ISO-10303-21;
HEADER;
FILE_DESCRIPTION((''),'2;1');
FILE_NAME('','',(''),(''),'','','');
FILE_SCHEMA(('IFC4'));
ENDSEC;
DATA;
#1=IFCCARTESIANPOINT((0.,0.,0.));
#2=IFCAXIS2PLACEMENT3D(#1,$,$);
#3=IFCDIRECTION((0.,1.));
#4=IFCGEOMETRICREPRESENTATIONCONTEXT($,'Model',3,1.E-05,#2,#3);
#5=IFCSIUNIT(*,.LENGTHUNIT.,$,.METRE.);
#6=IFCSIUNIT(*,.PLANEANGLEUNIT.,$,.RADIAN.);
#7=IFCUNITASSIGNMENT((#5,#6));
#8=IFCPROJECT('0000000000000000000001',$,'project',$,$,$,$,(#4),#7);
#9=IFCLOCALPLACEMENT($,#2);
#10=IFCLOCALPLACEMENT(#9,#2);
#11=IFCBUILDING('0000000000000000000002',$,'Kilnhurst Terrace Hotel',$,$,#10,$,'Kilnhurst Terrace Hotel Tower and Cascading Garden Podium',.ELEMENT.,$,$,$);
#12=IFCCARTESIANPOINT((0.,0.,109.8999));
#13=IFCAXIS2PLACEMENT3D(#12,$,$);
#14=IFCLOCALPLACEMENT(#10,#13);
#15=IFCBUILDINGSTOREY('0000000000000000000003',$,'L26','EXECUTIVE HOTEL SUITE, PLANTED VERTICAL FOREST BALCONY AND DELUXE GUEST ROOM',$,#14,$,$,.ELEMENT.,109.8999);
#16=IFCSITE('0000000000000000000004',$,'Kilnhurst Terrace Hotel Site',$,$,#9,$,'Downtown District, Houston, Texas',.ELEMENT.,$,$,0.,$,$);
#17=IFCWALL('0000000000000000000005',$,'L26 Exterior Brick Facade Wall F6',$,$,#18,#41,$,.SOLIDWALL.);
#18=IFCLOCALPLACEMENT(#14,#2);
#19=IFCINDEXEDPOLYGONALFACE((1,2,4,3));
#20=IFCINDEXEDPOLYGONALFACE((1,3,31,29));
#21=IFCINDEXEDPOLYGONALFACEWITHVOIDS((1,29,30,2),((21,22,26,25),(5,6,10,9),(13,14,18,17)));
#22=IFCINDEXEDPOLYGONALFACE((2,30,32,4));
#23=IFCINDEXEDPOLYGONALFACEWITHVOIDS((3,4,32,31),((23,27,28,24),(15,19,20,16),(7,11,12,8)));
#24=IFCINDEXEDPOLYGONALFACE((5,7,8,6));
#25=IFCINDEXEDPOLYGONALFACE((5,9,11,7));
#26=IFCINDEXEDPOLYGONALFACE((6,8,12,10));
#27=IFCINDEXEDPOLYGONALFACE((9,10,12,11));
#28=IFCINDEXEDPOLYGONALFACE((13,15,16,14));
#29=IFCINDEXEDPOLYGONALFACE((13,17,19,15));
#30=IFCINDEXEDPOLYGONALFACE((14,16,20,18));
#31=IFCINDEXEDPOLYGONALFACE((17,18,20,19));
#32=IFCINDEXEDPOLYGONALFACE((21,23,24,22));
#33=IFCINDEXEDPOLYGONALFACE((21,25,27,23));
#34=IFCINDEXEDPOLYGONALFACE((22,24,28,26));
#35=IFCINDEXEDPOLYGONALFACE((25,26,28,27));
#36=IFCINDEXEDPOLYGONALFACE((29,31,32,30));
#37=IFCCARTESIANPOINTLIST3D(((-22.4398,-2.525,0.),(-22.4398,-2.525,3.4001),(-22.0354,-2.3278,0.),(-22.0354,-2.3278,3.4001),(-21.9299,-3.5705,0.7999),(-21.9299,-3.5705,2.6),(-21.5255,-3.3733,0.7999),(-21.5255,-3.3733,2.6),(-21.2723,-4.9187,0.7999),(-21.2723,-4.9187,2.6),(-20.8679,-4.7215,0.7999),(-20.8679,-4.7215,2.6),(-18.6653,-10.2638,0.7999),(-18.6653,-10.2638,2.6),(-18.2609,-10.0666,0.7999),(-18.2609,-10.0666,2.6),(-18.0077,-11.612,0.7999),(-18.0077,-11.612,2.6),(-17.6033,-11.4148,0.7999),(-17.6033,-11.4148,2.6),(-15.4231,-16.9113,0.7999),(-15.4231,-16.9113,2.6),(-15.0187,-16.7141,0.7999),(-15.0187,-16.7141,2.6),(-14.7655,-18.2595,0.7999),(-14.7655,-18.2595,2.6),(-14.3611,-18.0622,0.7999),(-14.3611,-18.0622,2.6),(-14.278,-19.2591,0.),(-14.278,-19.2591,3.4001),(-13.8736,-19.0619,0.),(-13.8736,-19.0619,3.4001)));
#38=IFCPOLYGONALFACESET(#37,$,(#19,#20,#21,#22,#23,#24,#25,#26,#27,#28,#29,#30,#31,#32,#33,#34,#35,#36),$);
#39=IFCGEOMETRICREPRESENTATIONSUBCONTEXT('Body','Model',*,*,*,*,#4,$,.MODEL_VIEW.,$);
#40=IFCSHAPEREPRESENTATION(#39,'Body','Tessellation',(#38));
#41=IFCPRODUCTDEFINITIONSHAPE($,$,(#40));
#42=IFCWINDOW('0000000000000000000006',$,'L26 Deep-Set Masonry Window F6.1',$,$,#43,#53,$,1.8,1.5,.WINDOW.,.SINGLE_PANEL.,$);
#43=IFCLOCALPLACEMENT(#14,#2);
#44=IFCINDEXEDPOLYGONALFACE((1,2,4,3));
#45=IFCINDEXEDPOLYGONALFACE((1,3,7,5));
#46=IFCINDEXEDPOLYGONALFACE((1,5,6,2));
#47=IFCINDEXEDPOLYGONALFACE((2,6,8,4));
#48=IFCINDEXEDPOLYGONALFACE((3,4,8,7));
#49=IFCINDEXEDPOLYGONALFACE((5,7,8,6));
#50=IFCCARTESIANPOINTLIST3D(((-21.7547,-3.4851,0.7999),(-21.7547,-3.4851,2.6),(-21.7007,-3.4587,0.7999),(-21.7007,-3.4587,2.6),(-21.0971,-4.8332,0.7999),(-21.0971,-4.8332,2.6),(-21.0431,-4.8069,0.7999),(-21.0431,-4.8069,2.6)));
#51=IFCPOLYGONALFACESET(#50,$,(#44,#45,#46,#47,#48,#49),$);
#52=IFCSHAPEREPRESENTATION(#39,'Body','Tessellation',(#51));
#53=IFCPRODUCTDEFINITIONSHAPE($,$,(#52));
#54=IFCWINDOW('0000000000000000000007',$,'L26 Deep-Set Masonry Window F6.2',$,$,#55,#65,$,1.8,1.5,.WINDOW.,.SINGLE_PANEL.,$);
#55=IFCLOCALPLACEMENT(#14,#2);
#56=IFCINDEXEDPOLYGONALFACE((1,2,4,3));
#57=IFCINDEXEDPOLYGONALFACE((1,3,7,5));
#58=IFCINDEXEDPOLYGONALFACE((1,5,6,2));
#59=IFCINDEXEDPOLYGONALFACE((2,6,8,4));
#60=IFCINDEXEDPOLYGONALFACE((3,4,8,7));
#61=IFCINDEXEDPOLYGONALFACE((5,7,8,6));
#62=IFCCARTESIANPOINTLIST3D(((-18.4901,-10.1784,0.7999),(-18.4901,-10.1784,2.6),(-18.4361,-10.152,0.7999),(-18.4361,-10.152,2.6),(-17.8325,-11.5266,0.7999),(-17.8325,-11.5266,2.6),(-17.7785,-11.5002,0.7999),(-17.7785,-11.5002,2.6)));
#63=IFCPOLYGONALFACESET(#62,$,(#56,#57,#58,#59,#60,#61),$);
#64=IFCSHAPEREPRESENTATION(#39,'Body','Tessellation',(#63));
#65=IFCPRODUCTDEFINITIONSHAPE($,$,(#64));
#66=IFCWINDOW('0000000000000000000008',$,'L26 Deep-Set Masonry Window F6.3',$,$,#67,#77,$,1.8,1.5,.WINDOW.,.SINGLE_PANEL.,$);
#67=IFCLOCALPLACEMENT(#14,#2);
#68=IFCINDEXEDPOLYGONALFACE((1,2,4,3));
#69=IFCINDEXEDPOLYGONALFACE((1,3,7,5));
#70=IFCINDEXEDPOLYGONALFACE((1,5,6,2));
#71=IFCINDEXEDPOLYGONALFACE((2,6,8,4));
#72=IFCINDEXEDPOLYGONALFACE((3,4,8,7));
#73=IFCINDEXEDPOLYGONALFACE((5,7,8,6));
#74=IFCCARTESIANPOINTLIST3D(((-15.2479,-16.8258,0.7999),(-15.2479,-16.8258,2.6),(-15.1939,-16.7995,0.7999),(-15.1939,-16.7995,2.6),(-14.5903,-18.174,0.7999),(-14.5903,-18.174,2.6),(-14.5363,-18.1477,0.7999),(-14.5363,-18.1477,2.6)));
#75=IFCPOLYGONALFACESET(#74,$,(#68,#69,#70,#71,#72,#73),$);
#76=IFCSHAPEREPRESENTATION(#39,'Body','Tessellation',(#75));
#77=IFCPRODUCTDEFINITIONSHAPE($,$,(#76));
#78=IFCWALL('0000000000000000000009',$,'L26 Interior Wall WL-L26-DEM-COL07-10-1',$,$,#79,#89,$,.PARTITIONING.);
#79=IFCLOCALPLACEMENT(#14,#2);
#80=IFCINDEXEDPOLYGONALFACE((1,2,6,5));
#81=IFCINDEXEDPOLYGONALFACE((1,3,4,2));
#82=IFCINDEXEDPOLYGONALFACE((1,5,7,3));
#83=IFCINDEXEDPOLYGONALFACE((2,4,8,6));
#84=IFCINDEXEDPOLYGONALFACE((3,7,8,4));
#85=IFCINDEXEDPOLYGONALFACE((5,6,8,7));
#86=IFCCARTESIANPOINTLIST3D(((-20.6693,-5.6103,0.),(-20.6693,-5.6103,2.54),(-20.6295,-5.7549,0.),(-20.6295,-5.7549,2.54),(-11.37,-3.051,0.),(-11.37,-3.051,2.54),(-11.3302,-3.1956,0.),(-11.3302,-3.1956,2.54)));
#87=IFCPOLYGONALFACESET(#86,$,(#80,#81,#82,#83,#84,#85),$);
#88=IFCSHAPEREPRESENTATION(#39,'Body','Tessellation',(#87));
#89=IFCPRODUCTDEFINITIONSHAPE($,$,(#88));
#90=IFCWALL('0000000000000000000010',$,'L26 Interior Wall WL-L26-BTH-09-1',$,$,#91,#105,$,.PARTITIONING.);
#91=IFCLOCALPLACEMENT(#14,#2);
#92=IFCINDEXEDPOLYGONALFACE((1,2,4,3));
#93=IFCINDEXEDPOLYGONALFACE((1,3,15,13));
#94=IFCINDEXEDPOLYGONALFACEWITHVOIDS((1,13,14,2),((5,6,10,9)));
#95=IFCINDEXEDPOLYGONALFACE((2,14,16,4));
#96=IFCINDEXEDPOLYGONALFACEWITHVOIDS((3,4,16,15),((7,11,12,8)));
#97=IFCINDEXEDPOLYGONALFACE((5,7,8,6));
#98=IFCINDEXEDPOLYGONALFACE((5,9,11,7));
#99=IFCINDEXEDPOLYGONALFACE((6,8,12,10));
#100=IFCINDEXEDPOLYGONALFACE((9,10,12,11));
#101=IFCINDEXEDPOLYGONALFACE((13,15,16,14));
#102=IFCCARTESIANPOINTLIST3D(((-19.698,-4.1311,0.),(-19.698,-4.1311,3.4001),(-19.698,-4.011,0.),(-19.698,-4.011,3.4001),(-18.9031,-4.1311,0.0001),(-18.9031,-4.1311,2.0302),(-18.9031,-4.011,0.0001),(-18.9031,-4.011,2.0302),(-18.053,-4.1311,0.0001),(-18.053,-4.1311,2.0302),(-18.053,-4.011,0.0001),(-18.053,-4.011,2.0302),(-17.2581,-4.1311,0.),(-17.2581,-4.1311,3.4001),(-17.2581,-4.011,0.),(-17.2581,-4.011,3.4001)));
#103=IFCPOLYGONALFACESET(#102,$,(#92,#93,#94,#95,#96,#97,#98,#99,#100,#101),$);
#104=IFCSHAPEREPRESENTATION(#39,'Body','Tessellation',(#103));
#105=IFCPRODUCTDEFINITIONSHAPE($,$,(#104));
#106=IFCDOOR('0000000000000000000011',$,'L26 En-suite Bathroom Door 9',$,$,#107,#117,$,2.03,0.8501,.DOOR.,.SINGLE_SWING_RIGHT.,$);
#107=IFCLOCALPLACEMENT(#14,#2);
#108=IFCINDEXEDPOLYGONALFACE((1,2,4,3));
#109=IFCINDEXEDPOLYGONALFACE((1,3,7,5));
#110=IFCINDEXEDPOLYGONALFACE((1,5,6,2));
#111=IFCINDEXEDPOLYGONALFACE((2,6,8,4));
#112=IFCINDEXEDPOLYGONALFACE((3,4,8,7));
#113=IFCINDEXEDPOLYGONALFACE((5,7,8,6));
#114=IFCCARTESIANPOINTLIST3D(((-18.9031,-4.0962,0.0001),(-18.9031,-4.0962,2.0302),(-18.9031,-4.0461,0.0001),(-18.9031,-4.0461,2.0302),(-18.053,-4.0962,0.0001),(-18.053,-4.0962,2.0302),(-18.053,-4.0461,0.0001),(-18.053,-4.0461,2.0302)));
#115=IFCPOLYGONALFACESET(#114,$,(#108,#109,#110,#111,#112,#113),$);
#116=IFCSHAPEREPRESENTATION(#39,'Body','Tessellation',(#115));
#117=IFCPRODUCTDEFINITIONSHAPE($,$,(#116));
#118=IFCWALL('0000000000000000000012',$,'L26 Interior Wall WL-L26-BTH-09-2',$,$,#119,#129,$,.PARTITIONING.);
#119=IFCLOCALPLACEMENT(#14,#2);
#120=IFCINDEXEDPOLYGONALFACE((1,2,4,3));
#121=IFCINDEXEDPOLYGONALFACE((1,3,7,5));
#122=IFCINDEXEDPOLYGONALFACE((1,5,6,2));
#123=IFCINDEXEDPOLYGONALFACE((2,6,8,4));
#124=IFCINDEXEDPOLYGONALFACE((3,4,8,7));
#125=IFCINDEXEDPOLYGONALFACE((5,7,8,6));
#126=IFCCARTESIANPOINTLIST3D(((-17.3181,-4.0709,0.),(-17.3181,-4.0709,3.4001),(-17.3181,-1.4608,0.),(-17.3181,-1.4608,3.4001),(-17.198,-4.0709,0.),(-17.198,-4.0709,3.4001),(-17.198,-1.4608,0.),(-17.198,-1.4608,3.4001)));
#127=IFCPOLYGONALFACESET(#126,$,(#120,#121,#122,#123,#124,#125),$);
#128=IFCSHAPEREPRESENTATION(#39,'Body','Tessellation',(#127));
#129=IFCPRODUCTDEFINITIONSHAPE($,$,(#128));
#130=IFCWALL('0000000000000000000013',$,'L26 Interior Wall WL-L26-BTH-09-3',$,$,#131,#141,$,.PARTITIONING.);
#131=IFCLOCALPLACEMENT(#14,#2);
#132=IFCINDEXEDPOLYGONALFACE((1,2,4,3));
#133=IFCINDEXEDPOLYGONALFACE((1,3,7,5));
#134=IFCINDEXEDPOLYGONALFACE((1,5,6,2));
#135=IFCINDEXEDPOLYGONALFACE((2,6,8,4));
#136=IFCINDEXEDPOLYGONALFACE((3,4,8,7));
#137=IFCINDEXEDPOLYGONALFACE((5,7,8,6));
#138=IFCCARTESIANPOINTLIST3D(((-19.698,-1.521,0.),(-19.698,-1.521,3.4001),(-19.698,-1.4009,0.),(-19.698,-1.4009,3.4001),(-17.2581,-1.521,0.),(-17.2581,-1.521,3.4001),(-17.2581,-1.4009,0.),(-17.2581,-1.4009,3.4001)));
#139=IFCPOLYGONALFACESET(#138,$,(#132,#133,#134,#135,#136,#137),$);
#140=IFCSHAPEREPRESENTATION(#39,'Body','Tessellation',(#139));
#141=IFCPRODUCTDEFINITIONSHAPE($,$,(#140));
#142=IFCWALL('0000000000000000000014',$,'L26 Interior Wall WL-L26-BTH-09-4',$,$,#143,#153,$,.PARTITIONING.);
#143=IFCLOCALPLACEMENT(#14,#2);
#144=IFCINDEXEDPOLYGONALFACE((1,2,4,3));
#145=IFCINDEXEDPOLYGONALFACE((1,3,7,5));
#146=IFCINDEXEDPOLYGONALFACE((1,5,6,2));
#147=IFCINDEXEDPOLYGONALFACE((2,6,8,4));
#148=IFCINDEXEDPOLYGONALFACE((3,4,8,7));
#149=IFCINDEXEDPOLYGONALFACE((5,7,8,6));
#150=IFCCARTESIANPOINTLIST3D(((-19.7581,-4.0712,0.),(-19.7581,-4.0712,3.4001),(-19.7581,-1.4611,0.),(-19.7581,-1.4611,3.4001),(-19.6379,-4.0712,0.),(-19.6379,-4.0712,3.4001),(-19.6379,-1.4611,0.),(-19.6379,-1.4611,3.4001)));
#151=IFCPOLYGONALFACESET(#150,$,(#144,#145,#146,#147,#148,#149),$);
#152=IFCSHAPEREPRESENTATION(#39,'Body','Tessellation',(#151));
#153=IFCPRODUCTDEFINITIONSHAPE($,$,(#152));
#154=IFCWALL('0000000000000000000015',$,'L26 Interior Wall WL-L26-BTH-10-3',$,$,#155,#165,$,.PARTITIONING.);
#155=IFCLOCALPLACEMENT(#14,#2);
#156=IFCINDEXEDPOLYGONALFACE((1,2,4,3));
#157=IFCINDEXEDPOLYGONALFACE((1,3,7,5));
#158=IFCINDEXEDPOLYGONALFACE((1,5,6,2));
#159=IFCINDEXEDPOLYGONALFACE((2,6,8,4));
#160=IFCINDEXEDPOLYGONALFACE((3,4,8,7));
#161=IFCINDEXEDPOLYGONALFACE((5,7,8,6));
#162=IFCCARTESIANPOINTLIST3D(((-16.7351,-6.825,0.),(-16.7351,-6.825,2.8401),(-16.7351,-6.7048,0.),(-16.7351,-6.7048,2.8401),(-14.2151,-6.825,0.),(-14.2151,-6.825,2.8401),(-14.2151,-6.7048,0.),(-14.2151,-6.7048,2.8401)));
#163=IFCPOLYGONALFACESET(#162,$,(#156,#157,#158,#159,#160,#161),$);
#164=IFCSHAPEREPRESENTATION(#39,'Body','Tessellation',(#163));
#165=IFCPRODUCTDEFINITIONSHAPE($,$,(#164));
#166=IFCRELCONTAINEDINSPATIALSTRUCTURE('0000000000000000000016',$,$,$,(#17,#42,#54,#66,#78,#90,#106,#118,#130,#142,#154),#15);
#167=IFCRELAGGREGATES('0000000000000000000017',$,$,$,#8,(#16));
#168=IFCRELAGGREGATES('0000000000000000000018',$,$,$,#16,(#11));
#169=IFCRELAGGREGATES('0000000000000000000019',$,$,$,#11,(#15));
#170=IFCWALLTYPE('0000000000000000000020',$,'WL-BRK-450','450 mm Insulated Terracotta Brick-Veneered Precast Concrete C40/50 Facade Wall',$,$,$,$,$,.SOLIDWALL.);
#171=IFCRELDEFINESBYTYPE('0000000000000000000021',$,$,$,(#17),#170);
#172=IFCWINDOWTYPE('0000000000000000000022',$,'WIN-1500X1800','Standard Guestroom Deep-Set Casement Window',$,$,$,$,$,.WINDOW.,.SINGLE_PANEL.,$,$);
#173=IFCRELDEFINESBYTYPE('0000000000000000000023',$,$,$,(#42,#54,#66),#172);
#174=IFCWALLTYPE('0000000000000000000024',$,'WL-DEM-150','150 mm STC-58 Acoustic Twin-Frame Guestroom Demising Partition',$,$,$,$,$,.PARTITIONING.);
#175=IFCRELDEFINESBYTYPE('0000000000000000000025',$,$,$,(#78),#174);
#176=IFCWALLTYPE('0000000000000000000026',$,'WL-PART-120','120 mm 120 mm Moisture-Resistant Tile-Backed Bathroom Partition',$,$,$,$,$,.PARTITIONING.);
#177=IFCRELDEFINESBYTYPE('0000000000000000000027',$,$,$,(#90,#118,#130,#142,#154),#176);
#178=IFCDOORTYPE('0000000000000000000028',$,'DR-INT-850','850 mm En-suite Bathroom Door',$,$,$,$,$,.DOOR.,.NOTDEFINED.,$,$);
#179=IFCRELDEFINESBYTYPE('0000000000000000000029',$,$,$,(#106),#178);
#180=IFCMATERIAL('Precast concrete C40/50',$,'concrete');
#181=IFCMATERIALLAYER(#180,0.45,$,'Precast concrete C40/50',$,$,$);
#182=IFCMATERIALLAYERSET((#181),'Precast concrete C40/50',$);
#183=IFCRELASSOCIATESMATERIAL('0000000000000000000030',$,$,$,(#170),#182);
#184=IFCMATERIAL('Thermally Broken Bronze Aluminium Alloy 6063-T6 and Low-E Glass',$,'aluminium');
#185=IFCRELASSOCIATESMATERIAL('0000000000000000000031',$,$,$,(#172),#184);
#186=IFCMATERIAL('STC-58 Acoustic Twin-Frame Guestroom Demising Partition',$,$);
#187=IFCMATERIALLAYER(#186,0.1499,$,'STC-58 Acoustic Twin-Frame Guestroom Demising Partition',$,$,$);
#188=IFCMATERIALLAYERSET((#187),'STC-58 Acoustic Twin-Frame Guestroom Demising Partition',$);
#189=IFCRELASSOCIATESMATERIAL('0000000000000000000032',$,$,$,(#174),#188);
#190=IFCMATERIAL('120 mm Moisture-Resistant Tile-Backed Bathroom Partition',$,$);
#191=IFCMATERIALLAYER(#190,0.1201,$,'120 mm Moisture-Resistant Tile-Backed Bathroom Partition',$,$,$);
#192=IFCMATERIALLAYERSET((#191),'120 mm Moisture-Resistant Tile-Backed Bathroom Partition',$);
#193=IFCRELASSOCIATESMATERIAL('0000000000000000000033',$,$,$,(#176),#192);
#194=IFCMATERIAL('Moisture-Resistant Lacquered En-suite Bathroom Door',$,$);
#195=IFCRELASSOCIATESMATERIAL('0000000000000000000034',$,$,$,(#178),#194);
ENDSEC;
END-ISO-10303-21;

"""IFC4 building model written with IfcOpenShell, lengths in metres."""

from ifc_helpers import new_model, si_unit, direction, frame, frame_2d, origin, place, context, subcontext, project, spatial, rectangle, extrude, material, layer, layer_set, type_object, element, fill, save


model = new_model("IFC4")

# Units and contexts
model_context = context("Model", 3, precision=1e-05, world=origin(), true_north=direction((0.0, 1.0)))
body_context = subcontext(model_context, "Body", "Model", "MODEL_VIEW")
ifc_project = project(units=[si_unit("LENGTHUNIT", "METRE"), si_unit("PLANEANGLEUNIT", "RADIAN")], contexts=[model_context])

# Site, building, storey
site_placement = place(None, origin())
site = spatial("IfcSite", under=ifc_project, at=site_placement, Name="Kilnhurst Terrace Hotel Site", LongName="Downtown District, Houston, Texas", CompositionType="ELEMENT", RefElevation=0.0)
building_placement = place(site_placement, origin())
building = spatial("IfcBuilding", under=site, at=building_placement, Name="Kilnhurst Terrace Hotel", LongName="Kilnhurst Terrace Hotel Tower and Cascading Garden Podium", CompositionType="ELEMENT")
storey_placement = place(building_placement, frame((0.0, 0.0, 109.8999)))
storey = spatial("IfcBuildingStorey", under=building, at=storey_placement, Name="L26", Description="EXECUTIVE HOTEL SUITE, PLANTED VERTICAL FOREST BALCONY AND DELUXE GUEST ROOM", CompositionType="ELEMENT", Elevation=109.8999)

# Shared definitions
ifc_material_1 = material(Name="Precast concrete C40/50", Category="concrete")
ifc_layer_1 = layer(ifc_material_1, 0.45, Name="Precast concrete C40/50")
ifc_layer_set_1 = layer_set([ifc_layer_1], Name="Precast concrete C40/50")
wall_type_1 = type_object("IfcWallType", Name="WL-BRK-450", Description="450 mm Insulated Terracotta Brick-Veneered Precast Concrete C40/50 Facade Wall", PredefinedType="SOLIDWALL", material=ifc_layer_set_1)

# Wall, openings, windows
wall_1_placement = place(storey_placement, frame((-22.2375, -2.4265, 0.0), z_axis=(0.0, 0.0, 1.0), x_axis=(0.438375, -0.898792, 0.0)))
wall_1 = element("IfcWall", 1, at=wall_1_placement, inside=storey, type_object=wall_type_1, Name="L26 Exterior Brick Facade Wall F6", PredefinedType="SOLIDWALL", context=body_context, shape_type="SweptSolid", body=[
    extrude(rectangle(XDim=18.6184, YDim=0.45, at=frame_2d((9.3091, 0.0))), origin(), (0.0, 0.0, 1.0), 3.4001),
])
opening_1_placement = place(wall_1_placement, frame((1.1631, 0.0, 0.8)))
opening_1 = element("IfcOpeningElement", 2, at=opening_1_placement, cuts=wall_1, PredefinedType="OPENING", context=body_context, shape_type="SweptSolid", body=[
    extrude(rectangle(XDim=1.5, YDim=1.8, at=frame_2d((0.75, 0.8999))), frame((0.0, 0.2349, 0.0), z_axis=(0.0, -1.0, 0.0), x_axis=(1.0, 0.0, 0.0)), (0.0, 0.0, 1.0), 0.47),
])
opening_2_placement = place(wall_1_placement, frame((8.6101, 0.0, 0.8)))
opening_2 = element("IfcOpeningElement", 3, at=opening_2_placement, cuts=wall_1, PredefinedType="OPENING", context=body_context, shape_type="SweptSolid", body=[
    extrude(rectangle(XDim=1.5, YDim=1.8, at=frame_2d((0.75, 0.8999))), frame((0.0, 0.2349, 0.0), z_axis=(0.0, -1.0, 0.0), x_axis=(1.0, 0.0, 0.0)), (0.0, 0.0, 1.0), 0.47),
])
opening_3_placement = place(wall_1_placement, frame((16.0061, 0.0, 0.8)))
opening_3 = element("IfcOpeningElement", 4, at=opening_3_placement, cuts=wall_1, PredefinedType="OPENING", context=body_context, shape_type="SweptSolid", body=[
    extrude(rectangle(XDim=1.5, YDim=1.8, at=frame_2d((0.75, 0.8999))), frame((0.0, 0.2349, 0.0), z_axis=(0.0, -1.0, 0.0), x_axis=(1.0, 0.0, 0.0)), (0.0, 0.0, 1.0), 0.47),
])
ifc_material_2 = material(Name="Thermally Broken Bronze Aluminium Alloy 6063-T6 and Low-E Glass", Category="aluminium")
window_type = type_object("IfcWindowType", Name="WIN-1500X1800", Description="Standard Guestroom Deep-Set Casement Window", PartitioningType="SINGLE_PANEL", PredefinedType="WINDOW", material=ifc_material_2)
window_1_placement = place(opening_1_placement, origin())
window_1 = element("IfcWindow", 5, at=window_1_placement, inside=storey, type_object=window_type, Name="L26 Deep-Set Masonry Window F6.1", OverallHeight=1.8, OverallWidth=1.5, PartitioningType="SINGLE_PANEL", PredefinedType="WINDOW", context=body_context, shape_type="SweptSolid", body=[
    extrude(rectangle(XDim=1.5, YDim=1.8, at=frame_2d((0.75, 0.8999))), frame((0.0, 0.03, 0.0), z_axis=(0.0, -1.0, 0.0), x_axis=(1.0, 0.0, 0.0)), (0.0, 0.0, 1.0), 0.0601),
])
fill(opening_1, window_1)
window_2_placement = place(opening_2_placement, origin())
window_2 = element("IfcWindow", 6, at=window_2_placement, inside=storey, type_object=window_type, Name="L26 Deep-Set Masonry Window F6.2", OverallHeight=1.8, OverallWidth=1.5, PartitioningType="SINGLE_PANEL", PredefinedType="WINDOW", context=body_context, shape_type="SweptSolid", body=[
    extrude(rectangle(XDim=1.5, YDim=1.8, at=frame_2d((0.75, 0.8999))), frame((0.0, 0.03, 0.0), z_axis=(0.0, -1.0, 0.0), x_axis=(1.0, 0.0, 0.0)), (0.0, 0.0, 1.0), 0.0601),
])
fill(opening_2, window_2)
window_3_placement = place(opening_3_placement, origin())
window_3 = element("IfcWindow", 7, at=window_3_placement, inside=storey, type_object=window_type, Name="L26 Deep-Set Masonry Window F6.3", OverallHeight=1.8, OverallWidth=1.5, PartitioningType="SINGLE_PANEL", PredefinedType="WINDOW", context=body_context, shape_type="SweptSolid", body=[
    extrude(rectangle(XDim=1.5, YDim=1.8, at=frame_2d((0.75, 0.8999))), frame((0.0, 0.03, 0.0), z_axis=(0.0, -1.0, 0.0), x_axis=(1.0, 0.0, 0.0)), (0.0, 0.0, 1.0), 0.0601),
])
fill(opening_3, window_3)

# Wall
ifc_material_3 = material(Name="STC-58 Acoustic Twin-Frame Guestroom Demising Partition")
ifc_layer_2 = layer(ifc_material_3, 0.1499, Name="STC-58 Acoustic Twin-Frame Guestroom Demising Partition")
ifc_layer_set_2 = layer_set([ifc_layer_2], Name="STC-58 Acoustic Twin-Frame Guestroom Demising Partition")
wall_type_2 = type_object("IfcWallType", Name="WL-DEM-150", Description="150 mm STC-58 Acoustic Twin-Frame Guestroom Demising Partition", PredefinedType="PARTITIONING", material=ifc_layer_set_2)
wall_2_placement = place(storey_placement, frame((-11.3501, -3.1233, 0.0), z_axis=(0.0, 0.0, 1.0), x_axis=(-0.964152, -0.265351, 0.0)))
element("IfcWall", 8, at=wall_2_placement, inside=storey, type_object=wall_type_2, Name="L26 Interior Wall WL-L26-DEM-COL07-10-1", PredefinedType="PARTITIONING", context=body_context, shape_type="SweptSolid", body=[
    extrude(rectangle(XDim=9.645, YDim=0.1499, at=frame_2d((4.8225, 0.0))), origin(), (0.0, 0.0, 1.0), 2.54),
])

# Wall, opening, door
ifc_material_4 = material(Name="120 mm Moisture-Resistant Tile-Backed Bathroom Partition")
ifc_layer_3 = layer(ifc_material_4, 0.1201, Name="120 mm Moisture-Resistant Tile-Backed Bathroom Partition")
ifc_layer_set_3 = layer_set([ifc_layer_3], Name="120 mm Moisture-Resistant Tile-Backed Bathroom Partition")
wall_type_3 = type_object("IfcWallType", Name="WL-PART-120", Description="120 mm 120 mm Moisture-Resistant Tile-Backed Bathroom Partition", PredefinedType="PARTITIONING", material=ifc_layer_set_3)
wall_3_placement = place(storey_placement, frame((-19.698, -4.071, 0.0), z_axis=(0.0, 0.0, 1.0), x_axis=(1.0, 0.0, 0.0)))
wall_3 = element("IfcWall", 9, at=wall_3_placement, inside=storey, type_object=wall_type_3, Name="L26 Interior Wall WL-L26-BTH-09-1", PredefinedType="PARTITIONING", context=body_context, shape_type="SweptSolid", body=[
    extrude(rectangle(XDim=2.4399, YDim=0.1201, at=frame_2d((1.22, 0.0))), origin(), (0.0, 0.0, 1.0), 3.4001),
])
opening_4_placement = place(wall_3_placement, frame((0.7949, 0.0, 0.0)))
opening_4 = element("IfcOpeningElement", 10, at=opening_4_placement, cuts=wall_3, PredefinedType="OPENING", context=body_context, shape_type="SweptSolid", body=[
    extrude(rectangle(XDim=0.8501, YDim=2.03, at=frame_2d((0.425, 1.0151))), frame((0.0, 0.0701, 0.0), z_axis=(0.0, -1.0, 0.0), x_axis=(1.0, 0.0, 0.0)), (0.0, 0.0, 1.0), 0.1401),
])
ifc_material_5 = material(Name="Moisture-Resistant Lacquered En-suite Bathroom Door")
door_type = type_object("IfcDoorType", Name="DR-INT-850", Description="850 mm En-suite Bathroom Door", OperationType="NOTDEFINED", PredefinedType="DOOR", material=ifc_material_5)
door_placement = place(opening_4_placement, origin())
door = element("IfcDoor", 11, at=door_placement, inside=storey, type_object=door_type, Name="L26 En-suite Bathroom Door 9", OperationType="SINGLE_SWING_RIGHT", OverallHeight=2.03, OverallWidth=0.8501, PredefinedType="DOOR", context=body_context, shape_type="SweptSolid", body=[
    extrude(rectangle(XDim=0.8501, YDim=2.03, at=frame_2d((0.425, 1.0151))), frame((0.0, 0.0249, 0.0), z_axis=(0.0, -1.0, 0.0), x_axis=(1.0, 0.0, 0.0)), (0.0, 0.0, 1.0), 0.05),
])
fill(opening_4, door)

# Walls
wall_4_placement = place(storey_placement, frame((-17.2581, -4.071, 0.0), z_axis=(0.0, 0.0, 1.0), x_axis=(0.0, 1.0, 0.0)))
element("IfcWall", 12, at=wall_4_placement, inside=storey, type_object=wall_type_3, Name="L26 Interior Wall WL-L26-BTH-09-2", PredefinedType="PARTITIONING", context=body_context, shape_type="SweptSolid", body=[
    extrude(rectangle(XDim=2.6101, YDim=0.1201, at=frame_2d((1.3052, 0.0))), origin(), (0.0, 0.0, 1.0), 3.4001),
])
wall_5_placement = place(storey_placement, frame((-17.2581, -1.4609, 0.0), z_axis=(0.0, 0.0, 1.0), x_axis=(-1.0, 0.0, 0.0)))
element("IfcWall", 13, at=wall_5_placement, inside=storey, type_object=wall_type_3, Name="L26 Interior Wall WL-L26-BTH-09-3", PredefinedType="PARTITIONING", context=body_context, shape_type="SweptSolid", body=[
    extrude(rectangle(XDim=2.4399, YDim=0.1201, at=frame_2d((1.22, 0.0))), origin(), (0.0, 0.0, 1.0), 3.4001),
])
wall_6_placement = place(storey_placement, frame((-19.698, -1.4609, 0.0), z_axis=(0.0, 0.0, 1.0), x_axis=(0.0, -1.0, 0.0)))
element("IfcWall", 14, at=wall_6_placement, inside=storey, type_object=wall_type_3, Name="L26 Interior Wall WL-L26-BTH-09-4", PredefinedType="PARTITIONING", context=body_context, shape_type="SweptSolid", body=[
    extrude(rectangle(XDim=2.6101, YDim=0.1201, at=frame_2d((1.3052, 0.0))), origin(), (0.0, 0.0, 1.0), 3.4001),
])
wall_7_placement = place(storey_placement, frame((-14.2151, -6.7649, 0.0), z_axis=(0.0, 0.0, 1.0), x_axis=(-1.0, 0.0, 0.0)))
element("IfcWall", 15, at=wall_7_placement, inside=storey, type_object=wall_type_3, Name="L26 Interior Wall WL-L26-BTH-10-3", PredefinedType="PARTITIONING", context=body_context, shape_type="SweptSolid", body=[
    extrude(rectangle(XDim=2.52, YDim=0.1201, at=frame_2d((1.26, 0.0))), origin(), (0.0, 0.0, 1.0), 2.8401),
])

save(model, "model.ifc")
